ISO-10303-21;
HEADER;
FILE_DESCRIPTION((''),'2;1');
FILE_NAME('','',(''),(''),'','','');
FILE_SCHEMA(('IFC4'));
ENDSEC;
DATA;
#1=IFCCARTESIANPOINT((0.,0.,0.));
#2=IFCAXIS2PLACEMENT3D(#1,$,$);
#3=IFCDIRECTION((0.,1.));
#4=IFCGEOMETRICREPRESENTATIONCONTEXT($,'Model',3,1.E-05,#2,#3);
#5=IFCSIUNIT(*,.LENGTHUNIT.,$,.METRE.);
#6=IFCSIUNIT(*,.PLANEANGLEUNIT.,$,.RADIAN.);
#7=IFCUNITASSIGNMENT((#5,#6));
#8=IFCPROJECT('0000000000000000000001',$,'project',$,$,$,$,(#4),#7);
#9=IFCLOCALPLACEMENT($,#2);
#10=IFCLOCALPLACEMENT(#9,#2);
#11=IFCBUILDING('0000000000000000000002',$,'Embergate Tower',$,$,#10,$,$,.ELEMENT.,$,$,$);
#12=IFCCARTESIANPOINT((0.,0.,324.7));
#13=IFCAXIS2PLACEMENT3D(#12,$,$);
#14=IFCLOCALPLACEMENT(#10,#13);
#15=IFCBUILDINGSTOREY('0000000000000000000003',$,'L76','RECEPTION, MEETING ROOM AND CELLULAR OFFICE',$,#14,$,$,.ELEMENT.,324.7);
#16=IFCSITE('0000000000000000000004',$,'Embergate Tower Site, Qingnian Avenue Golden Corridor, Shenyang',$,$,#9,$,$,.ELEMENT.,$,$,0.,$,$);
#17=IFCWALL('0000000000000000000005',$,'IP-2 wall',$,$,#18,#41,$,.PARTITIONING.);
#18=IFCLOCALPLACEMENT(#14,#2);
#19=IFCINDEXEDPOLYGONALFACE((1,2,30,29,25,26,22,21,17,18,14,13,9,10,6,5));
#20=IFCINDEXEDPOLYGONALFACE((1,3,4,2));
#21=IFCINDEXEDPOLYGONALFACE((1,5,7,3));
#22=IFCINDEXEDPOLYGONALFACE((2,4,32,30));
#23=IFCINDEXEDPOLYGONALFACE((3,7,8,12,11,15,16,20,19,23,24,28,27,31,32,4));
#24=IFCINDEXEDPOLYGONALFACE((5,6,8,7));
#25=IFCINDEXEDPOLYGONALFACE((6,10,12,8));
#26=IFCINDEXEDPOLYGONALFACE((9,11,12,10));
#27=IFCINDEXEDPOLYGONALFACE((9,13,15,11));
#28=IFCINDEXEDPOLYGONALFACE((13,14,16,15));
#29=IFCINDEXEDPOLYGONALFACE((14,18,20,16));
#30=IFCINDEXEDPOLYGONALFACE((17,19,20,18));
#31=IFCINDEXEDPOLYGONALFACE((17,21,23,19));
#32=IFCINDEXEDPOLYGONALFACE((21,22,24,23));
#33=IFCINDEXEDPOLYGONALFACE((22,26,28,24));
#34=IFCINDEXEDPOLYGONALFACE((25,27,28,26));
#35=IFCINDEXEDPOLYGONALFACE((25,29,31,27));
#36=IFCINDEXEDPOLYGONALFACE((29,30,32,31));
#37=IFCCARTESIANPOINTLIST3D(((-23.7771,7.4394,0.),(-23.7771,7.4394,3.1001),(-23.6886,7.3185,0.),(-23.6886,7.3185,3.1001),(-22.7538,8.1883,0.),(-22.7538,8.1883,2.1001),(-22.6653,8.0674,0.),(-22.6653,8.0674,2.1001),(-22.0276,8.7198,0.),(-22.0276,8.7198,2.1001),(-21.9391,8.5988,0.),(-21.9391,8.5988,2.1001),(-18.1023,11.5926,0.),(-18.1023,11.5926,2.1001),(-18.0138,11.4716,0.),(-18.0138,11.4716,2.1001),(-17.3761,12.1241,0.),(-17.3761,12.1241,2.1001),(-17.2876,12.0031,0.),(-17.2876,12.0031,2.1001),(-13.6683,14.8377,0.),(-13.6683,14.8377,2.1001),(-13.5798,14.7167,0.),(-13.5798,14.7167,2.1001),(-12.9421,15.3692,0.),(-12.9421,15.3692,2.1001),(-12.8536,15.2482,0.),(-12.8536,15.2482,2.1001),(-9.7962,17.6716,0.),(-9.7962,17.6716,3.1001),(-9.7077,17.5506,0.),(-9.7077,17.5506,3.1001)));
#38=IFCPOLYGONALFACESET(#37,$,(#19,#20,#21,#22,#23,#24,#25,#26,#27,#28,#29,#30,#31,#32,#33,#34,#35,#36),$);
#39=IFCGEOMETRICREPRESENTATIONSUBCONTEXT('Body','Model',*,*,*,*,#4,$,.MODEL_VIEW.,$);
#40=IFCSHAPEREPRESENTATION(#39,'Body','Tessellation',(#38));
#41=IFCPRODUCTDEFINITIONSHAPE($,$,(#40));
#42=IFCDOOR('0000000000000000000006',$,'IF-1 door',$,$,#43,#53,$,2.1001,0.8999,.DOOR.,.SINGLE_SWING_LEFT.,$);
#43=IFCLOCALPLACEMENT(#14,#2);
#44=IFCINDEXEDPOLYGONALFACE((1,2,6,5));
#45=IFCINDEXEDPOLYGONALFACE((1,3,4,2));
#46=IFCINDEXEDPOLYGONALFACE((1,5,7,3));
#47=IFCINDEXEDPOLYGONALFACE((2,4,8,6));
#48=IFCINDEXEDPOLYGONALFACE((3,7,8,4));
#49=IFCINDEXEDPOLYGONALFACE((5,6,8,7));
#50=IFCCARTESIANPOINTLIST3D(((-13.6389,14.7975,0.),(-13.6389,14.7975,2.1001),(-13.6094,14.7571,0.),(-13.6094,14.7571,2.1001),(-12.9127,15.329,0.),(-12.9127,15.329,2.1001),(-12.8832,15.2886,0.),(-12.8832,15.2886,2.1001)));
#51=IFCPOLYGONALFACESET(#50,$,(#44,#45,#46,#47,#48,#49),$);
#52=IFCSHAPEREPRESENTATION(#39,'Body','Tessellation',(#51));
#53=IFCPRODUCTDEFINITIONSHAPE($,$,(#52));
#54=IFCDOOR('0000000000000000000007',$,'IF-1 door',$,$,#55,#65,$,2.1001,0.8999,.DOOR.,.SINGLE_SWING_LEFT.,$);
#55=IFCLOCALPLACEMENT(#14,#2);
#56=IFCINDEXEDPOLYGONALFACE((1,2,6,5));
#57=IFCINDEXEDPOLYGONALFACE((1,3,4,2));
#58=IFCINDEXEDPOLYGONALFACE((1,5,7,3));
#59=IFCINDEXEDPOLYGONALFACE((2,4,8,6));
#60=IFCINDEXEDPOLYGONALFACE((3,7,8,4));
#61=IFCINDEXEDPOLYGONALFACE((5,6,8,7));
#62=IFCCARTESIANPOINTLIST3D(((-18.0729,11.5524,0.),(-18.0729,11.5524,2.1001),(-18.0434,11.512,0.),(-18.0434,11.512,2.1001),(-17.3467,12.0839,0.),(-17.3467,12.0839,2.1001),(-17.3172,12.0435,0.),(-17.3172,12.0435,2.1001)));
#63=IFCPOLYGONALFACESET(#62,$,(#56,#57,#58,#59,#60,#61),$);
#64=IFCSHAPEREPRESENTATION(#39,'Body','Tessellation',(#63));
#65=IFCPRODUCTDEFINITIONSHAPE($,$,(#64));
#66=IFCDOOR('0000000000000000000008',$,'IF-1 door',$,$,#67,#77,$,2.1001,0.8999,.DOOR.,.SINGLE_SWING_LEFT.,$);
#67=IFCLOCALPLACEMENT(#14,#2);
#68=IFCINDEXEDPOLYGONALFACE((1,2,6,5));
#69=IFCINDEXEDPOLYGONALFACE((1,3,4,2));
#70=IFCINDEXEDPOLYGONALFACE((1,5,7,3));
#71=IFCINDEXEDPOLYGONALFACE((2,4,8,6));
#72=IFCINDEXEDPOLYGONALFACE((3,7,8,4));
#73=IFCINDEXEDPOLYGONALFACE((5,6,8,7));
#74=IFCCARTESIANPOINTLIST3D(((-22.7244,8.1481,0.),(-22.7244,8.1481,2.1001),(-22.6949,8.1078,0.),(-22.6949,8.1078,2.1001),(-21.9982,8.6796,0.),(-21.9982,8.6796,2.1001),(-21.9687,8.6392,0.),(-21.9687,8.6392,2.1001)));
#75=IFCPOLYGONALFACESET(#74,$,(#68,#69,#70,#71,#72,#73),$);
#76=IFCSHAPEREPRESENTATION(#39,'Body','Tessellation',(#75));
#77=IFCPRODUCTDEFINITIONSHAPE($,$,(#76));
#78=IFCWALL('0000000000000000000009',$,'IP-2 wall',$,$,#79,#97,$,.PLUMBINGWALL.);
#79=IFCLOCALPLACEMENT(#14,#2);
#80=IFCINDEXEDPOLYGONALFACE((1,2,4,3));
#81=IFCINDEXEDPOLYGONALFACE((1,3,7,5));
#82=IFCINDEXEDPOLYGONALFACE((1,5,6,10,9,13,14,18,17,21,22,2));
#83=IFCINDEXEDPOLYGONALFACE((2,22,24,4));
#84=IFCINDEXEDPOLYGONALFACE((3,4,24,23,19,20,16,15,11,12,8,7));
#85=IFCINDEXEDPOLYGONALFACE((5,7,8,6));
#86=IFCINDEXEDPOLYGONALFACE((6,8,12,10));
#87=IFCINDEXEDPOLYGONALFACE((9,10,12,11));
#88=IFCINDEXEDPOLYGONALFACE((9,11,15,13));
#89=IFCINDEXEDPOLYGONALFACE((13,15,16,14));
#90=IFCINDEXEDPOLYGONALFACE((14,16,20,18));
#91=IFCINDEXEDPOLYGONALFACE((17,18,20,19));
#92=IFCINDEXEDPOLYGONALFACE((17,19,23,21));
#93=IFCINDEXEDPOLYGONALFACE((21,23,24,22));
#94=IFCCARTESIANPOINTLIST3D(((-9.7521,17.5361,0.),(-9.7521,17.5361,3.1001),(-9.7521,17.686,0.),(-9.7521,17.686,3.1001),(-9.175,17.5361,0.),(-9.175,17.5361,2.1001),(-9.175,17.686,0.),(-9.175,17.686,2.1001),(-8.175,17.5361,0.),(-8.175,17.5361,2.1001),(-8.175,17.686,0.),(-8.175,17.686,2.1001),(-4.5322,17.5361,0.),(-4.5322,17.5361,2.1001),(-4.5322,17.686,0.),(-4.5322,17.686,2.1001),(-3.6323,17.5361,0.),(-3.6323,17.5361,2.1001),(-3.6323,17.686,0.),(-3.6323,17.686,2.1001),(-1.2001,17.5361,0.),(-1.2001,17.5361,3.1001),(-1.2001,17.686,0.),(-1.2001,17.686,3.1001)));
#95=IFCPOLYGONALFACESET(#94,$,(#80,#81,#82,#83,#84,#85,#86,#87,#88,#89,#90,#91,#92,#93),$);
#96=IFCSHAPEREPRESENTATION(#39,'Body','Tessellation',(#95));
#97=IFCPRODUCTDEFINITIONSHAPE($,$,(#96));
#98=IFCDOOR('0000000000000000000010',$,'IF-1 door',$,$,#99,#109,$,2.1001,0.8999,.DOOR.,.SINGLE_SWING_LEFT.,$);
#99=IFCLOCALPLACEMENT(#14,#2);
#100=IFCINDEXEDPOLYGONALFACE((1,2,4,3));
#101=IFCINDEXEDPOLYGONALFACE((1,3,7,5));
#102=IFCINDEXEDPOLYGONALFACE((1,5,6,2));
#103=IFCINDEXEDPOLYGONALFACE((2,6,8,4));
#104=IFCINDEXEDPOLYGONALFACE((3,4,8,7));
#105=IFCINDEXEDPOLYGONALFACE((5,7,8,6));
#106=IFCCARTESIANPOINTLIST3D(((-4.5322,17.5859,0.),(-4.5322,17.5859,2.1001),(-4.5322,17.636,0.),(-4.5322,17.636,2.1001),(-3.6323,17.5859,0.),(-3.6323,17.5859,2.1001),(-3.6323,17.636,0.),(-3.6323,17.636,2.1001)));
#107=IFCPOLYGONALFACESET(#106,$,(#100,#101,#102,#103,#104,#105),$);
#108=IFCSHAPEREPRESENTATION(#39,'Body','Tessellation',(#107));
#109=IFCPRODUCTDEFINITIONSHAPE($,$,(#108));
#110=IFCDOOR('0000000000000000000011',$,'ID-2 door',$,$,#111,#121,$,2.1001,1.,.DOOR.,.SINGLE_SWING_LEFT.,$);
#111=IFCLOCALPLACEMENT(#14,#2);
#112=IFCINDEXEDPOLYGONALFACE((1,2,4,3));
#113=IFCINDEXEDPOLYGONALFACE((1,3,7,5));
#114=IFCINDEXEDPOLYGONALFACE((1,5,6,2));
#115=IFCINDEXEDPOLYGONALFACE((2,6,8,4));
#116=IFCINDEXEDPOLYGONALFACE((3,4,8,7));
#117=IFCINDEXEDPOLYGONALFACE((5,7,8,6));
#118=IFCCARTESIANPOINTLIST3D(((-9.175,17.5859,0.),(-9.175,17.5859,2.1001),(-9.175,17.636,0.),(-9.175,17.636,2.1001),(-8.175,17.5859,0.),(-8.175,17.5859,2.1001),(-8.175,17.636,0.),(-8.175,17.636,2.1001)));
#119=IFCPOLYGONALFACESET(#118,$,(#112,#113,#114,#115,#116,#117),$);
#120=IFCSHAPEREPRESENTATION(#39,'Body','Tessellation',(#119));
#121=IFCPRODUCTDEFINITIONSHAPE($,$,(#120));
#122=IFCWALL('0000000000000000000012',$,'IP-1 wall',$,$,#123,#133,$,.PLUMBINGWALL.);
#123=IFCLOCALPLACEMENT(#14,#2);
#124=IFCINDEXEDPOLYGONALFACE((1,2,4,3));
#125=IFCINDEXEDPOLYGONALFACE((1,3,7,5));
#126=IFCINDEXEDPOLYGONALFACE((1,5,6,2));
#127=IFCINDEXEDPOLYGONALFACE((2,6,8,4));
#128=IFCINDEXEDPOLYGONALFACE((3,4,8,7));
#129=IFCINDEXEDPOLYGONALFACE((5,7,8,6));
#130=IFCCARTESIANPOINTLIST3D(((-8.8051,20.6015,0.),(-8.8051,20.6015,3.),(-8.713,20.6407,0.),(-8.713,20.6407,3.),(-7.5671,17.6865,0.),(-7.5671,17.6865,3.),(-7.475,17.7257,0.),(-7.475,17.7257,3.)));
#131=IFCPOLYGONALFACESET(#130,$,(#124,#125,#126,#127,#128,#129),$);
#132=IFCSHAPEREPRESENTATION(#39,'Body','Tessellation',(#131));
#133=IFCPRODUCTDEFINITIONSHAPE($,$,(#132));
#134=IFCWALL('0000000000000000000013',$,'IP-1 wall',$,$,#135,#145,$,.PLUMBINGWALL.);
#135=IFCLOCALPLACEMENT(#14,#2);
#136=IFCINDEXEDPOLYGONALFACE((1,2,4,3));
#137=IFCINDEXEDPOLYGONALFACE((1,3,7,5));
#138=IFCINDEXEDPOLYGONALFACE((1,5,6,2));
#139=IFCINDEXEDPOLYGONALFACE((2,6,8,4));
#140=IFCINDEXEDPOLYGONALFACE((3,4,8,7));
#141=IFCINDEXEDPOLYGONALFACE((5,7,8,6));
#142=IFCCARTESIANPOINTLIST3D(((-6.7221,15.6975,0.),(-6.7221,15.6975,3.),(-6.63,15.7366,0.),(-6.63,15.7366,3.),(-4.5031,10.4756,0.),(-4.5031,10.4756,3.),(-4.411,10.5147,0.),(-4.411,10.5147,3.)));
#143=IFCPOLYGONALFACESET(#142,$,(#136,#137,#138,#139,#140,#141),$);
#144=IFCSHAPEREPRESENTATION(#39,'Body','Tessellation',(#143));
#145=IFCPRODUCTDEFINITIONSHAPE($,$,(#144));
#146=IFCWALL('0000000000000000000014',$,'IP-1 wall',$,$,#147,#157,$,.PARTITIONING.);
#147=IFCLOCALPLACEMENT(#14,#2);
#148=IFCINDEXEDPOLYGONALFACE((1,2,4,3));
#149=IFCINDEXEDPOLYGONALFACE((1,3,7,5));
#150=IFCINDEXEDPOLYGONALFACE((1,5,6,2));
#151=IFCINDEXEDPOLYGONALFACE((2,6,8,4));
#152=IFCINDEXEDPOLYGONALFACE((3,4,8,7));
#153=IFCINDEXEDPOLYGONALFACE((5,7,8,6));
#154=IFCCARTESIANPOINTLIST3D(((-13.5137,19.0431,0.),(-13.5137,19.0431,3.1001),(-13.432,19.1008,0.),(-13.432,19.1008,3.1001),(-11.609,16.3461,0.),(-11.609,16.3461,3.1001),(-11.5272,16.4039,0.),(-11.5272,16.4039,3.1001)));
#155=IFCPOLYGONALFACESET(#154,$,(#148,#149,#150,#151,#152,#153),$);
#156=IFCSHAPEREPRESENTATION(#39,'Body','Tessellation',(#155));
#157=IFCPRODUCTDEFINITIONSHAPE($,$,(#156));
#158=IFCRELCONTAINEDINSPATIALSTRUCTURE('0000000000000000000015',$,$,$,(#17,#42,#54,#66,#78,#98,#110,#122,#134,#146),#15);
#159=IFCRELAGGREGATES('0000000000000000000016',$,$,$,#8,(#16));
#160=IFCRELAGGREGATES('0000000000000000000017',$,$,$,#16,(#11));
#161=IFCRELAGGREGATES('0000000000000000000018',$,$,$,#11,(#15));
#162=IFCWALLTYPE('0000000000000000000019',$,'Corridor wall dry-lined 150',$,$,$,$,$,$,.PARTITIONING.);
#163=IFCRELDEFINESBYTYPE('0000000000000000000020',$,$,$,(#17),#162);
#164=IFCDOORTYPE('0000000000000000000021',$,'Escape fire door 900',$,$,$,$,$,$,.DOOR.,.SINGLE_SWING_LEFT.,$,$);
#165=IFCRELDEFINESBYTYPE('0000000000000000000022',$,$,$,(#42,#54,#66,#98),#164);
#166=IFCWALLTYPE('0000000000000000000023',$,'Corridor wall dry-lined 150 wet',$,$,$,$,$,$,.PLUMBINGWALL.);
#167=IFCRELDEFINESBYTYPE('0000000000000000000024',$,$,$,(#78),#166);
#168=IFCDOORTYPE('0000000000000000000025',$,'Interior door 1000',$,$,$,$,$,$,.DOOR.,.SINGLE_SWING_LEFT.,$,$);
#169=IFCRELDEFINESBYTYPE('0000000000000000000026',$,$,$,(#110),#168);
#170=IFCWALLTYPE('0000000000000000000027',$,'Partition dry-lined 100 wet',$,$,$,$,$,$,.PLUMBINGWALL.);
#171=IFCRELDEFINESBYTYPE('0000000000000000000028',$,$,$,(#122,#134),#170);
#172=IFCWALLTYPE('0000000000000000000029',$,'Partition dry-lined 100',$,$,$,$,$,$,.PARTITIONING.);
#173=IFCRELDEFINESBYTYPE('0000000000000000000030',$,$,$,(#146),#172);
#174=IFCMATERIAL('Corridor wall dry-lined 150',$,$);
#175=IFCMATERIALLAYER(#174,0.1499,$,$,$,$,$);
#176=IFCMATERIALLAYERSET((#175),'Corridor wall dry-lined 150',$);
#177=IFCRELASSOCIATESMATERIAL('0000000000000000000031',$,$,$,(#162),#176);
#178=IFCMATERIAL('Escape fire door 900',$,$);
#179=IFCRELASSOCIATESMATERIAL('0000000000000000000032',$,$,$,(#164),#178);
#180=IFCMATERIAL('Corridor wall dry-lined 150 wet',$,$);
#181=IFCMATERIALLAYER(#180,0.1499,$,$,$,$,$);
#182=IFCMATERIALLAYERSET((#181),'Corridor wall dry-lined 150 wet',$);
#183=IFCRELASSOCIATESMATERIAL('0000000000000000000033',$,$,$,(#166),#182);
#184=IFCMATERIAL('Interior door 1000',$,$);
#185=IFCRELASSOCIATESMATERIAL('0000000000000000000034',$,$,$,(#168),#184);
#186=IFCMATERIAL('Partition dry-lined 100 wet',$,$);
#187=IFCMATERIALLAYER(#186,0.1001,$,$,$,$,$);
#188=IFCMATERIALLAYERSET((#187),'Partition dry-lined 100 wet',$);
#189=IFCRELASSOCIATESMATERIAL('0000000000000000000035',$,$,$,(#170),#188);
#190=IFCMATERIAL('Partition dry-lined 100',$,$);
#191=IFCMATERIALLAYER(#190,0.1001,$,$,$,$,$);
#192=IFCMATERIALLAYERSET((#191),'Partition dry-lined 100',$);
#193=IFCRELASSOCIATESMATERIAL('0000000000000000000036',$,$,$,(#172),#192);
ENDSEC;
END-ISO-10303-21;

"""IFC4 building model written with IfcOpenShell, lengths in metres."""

from ifc_helpers import new_model, si_unit, direction, frame, frame_2d, origin, place, context, subcontext, project, spatial, rectangle, extrude, source, transform, mapped, material, layer, layer_set, type_object, element, fill, save


model = new_model("IFC4")

# Units and contexts
model_context = context("Model", 3, precision=1e-05, world=origin(), true_north=direction((0.0, 1.0)))
body_context = subcontext(model_context, "Body", "Model", "MODEL_VIEW")
ifc_project = project(units=[si_unit("LENGTHUNIT", "METRE"), si_unit("PLANEANGLEUNIT", "RADIAN")], contexts=[model_context])

# Site, building, storey
site_placement = place(None, origin())
site = spatial("IfcSite", under=ifc_project, at=site_placement, Name="Embergate Tower Site, Qingnian Avenue Golden Corridor, Shenyang", CompositionType="ELEMENT", RefElevation=0.0)
building_placement = place(site_placement, origin())
building = spatial("IfcBuilding", under=site, at=building_placement, Name="Embergate Tower", CompositionType="ELEMENT")
storey_placement = place(building_placement, frame((0.0, 0.0, 324.7)))
storey = spatial("IfcBuildingStorey", under=building, at=storey_placement, Name="L76", Description="RECEPTION, MEETING ROOM AND CELLULAR OFFICE", CompositionType="ELEMENT", Elevation=324.7)

# Walls, openings, doors
ifc_material_1 = material(Name="Corridor wall dry-lined 150")
ifc_layer_1 = layer(ifc_material_1, 0.1499)
ifc_layer_set_1 = layer_set([ifc_layer_1], Name="Corridor wall dry-lined 150")
wall_type_1 = type_object("IfcWallType", Name="Corridor wall dry-lined 150", PredefinedType="PARTITIONING", material=ifc_layer_set_1)
shared_shape_1 = source(origin(), body_context, "Body", "SweptSolid", [
    extrude(rectangle(XDim=17.3252, YDim=0.1499, at=frame_2d((8.6626, 0.0))), origin(), (0.0, 0.0, 1.0), 3.1001),
])
wall_1_placement = place(storey_placement, frame((-9.752, 17.6111, 0.0), z_axis=(0.0, 0.0, 1.0), x_axis=(-0.80697, -0.590593, 0.0)))
wall_1 = element("IfcWall", 1, at=wall_1_placement, inside=storey, type_object=wall_type_1, Name="IP-2 wall", PredefinedType="PARTITIONING", context=body_context, shape_type="MappedRepresentation", body=[
    mapped(shared_shape_1, transform((0.0, 0.0, 0.0))),
])
shared_shape_2 = source(origin(), body_context, "Body", "SweptSolid", [
    extrude(rectangle(XDim=0.8999, YDim=2.1001, at=frame_2d((0.45, 1.05))), frame((0.0, 0.085, 0.0), z_axis=(0.0, -1.0, 0.0), x_axis=(1.0, 0.0, 0.0)), (0.0, 0.0, 1.0), 0.1699),
])
opening_1_placement = place(wall_1_placement, frame((3.8984, 0.0, 0.0)))
opening_1 = element("IfcOpeningElement", 2, at=opening_1_placement, cuts=wall_1, PredefinedType="OPENING", context=body_context, shape_type="MappedRepresentation", body=[
    mapped(shared_shape_2, transform((0.0, 0.0, 0.0))),
])
opening_2_placement = place(wall_1_placement, frame((9.3931, 0.0, 0.0)))
opening_2 = element("IfcOpeningElement", 3, at=opening_2_placement, cuts=wall_1, PredefinedType="OPENING", context=body_context, shape_type="MappedRepresentation", body=[
    mapped(shared_shape_2, transform((0.0, 0.0, 0.0))),
])
opening_3_placement = place(wall_1_placement, frame((15.1572, 0.0, 0.0)))
opening_3 = element("IfcOpeningElement", 4, at=opening_3_placement, cuts=wall_1, PredefinedType="OPENING", context=body_context, shape_type="MappedRepresentation", body=[
    mapped(shared_shape_2, transform((0.0, 0.0, 0.0))),
])
ifc_material_2 = material(Name="Escape fire door 900")
door_type_1 = type_object("IfcDoorType", Name="Escape fire door 900", OperationType="SINGLE_SWING_LEFT", PredefinedType="DOOR", material=ifc_material_2)
shared_shape_3 = source(origin(), body_context, "Body", "SweptSolid", [
    extrude(rectangle(XDim=0.8999, YDim=2.1001, at=frame_2d((0.45, 1.05))), frame((0.0, 0.0249, 0.0), z_axis=(0.0, -1.0, 0.0), x_axis=(1.0, 0.0, 0.0)), (0.0, 0.0, 1.0), 0.05),
])
door_1_placement = place(opening_1_placement, origin())
door_1 = element("IfcDoor", 5, at=door_1_placement, inside=storey, type_object=door_type_1, Name="IF-1 door", OperationType="SINGLE_SWING_LEFT", OverallHeight=2.1001, OverallWidth=0.8999, PredefinedType="DOOR", context=body_context, shape_type="MappedRepresentation", body=[
    mapped(shared_shape_3, transform((0.0, 0.0, 0.0))),
])
fill(opening_1, door_1)
door_2_placement = place(opening_2_placement, origin())
door_2 = element("IfcDoor", 6, at=door_2_placement, inside=storey, type_object=door_type_1, Name="IF-1 door", OperationType="SINGLE_SWING_LEFT", OverallHeight=2.1001, OverallWidth=0.8999, PredefinedType="DOOR", context=body_context, shape_type="MappedRepresentation", body=[
    mapped(shared_shape_3, transform((0.0, 0.0, 0.0))),
])
fill(opening_2, door_2)
door_3_placement = place(opening_3_placement, origin())
door_3 = element("IfcDoor", 7, at=door_3_placement, inside=storey, type_object=door_type_1, Name="IF-1 door", OperationType="SINGLE_SWING_LEFT", OverallHeight=2.1001, OverallWidth=0.8999, PredefinedType="DOOR", context=body_context, shape_type="MappedRepresentation", body=[
    mapped(shared_shape_3, transform((0.0, 0.0, 0.0))),
])
fill(opening_3, door_3)
ifc_material_3 = material(Name="Corridor wall dry-lined 150 wet")
ifc_layer_2 = layer(ifc_material_3, 0.1499)
ifc_layer_set_2 = layer_set([ifc_layer_2], Name="Corridor wall dry-lined 150 wet")
wall_type_2 = type_object("IfcWallType", Name="Corridor wall dry-lined 150 wet", PredefinedType="PLUMBINGWALL", material=ifc_layer_set_2)
shared_shape_4 = source(origin(), body_context, "Body", "SweptSolid", [
    extrude(rectangle(XDim=8.552, YDim=0.1499, at=frame_2d((4.2759, 0.0))), origin(), (0.0, 0.0, 1.0), 3.1001),
])
wall_2_placement = place(storey_placement, frame((-9.752, 17.6111, 0.0), z_axis=(0.0, 0.0, 1.0), x_axis=(1.0, 0.0, 0.0)))
wall_2 = element("IfcWall", 8, at=wall_2_placement, inside=storey, type_object=wall_type_2, Name="IP-2 wall", PredefinedType="PLUMBINGWALL", context=body_context, shape_type="MappedRepresentation", body=[
    mapped(shared_shape_4, transform((0.0, 0.0, 0.0))),
])
opening_4_placement = place(wall_2_placement, frame((5.2197, 0.0, 0.0)))
opening_4 = element("IfcOpeningElement", 9, at=opening_4_placement, cuts=wall_2, PredefinedType="OPENING", context=body_context, shape_type="MappedRepresentation", body=[
    mapped(shared_shape_2, transform((0.0, 0.0, 0.0))),
])
shared_shape_5 = source(origin(), body_context, "Body", "SweptSolid", [
    extrude(rectangle(XDim=1.0, YDim=2.1001, at=frame_2d((0.5, 1.05))), frame((0.0, 0.085, 0.0), z_axis=(0.0, -1.0, 0.0), x_axis=(1.0, 0.0, 0.0)), (0.0, 0.0, 1.0), 0.1699),
])
opening_5_placement = place(wall_2_placement, frame((0.5769, 0.0, 0.0)))
opening_5 = element("IfcOpeningElement", 10, at=opening_5_placement, cuts=wall_2, PredefinedType="OPENING", context=body_context, shape_type="MappedRepresentation", body=[
    mapped(shared_shape_5, transform((0.0, 0.0, 0.0))),
])
door_4_placement = place(opening_4_placement, origin())
door_4 = element("IfcDoor", 11, at=door_4_placement, inside=storey, type_object=door_type_1, Name="IF-1 door", OperationType="SINGLE_SWING_LEFT", OverallHeight=2.1001, OverallWidth=0.8999, PredefinedType="DOOR", context=body_context, shape_type="MappedRepresentation", body=[
    mapped(shared_shape_3, transform((0.0, 0.0, 0.0))),
])
fill(opening_4, door_4)
ifc_material_4 = material(Name="Interior door 1000")
door_type_2 = type_object("IfcDoorType", Name="Interior door 1000", OperationType="SINGLE_SWING_LEFT", PredefinedType="DOOR", material=ifc_material_4)
shared_shape_6 = source(origin(), body_context, "Body", "SweptSolid", [
    extrude(rectangle(XDim=1.0, YDim=2.1001, at=frame_2d((0.5, 1.05))), frame((0.0, 0.0249, 0.0), z_axis=(0.0, -1.0, 0.0), x_axis=(1.0, 0.0, 0.0)), (0.0, 0.0, 1.0), 0.05),
])
door_5_placement = place(opening_5_placement, origin())
door_5 = element("IfcDoor", 12, at=door_5_placement, inside=storey, type_object=door_type_2, Name="ID-2 door", OperationType="SINGLE_SWING_LEFT", OverallHeight=2.1001, OverallWidth=1.0, PredefinedType="DOOR", context=body_context, shape_type="MappedRepresentation", body=[
    mapped(shared_shape_6, transform((0.0, 0.0, 0.0))),
])
fill(opening_5, door_5)

# Walls
ifc_material_5 = material(Name="Partition dry-lined 100 wet")
ifc_layer_3 = layer(ifc_material_5, 0.1001)
ifc_layer_set_3 = layer_set([ifc_layer_3], Name="Partition dry-lined 100 wet")
wall_type_3 = type_object("IfcWallType", Name="Partition dry-lined 100 wet", PredefinedType="PLUMBINGWALL", material=ifc_layer_set_3)
shared_shape_7 = source(origin(), body_context, "Body", "SweptSolid", [
    extrude(rectangle(XDim=3.167, YDim=0.1001, at=frame_2d((1.5835, 0.0))), origin(), (0.0, 0.0, 1.0), 3.0),
])
wall_3_placement = place(storey_placement, frame((-8.759, 20.6211, 0.0), z_axis=(0.0, 0.0, 1.0), x_axis=(0.390912, -0.920428, 0.0)))
element("IfcWall", 13, at=wall_3_placement, inside=storey, type_object=wall_type_3, Name="IP-1 wall", PredefinedType="PLUMBINGWALL", context=body_context, shape_type="MappedRepresentation", body=[
    mapped(shared_shape_7, transform((0.0, 0.0, 0.0))),
])
shared_shape_8 = source(origin(), body_context, "Body", "SweptSolid", [
    extrude(rectangle(XDim=5.6738, YDim=0.1001, at=frame_2d((2.8369, 0.0))), origin(), (0.0, 0.0, 1.0), 3.0),
])
wall_4_placement = place(storey_placement, frame((-6.676, 15.717, 0.0), z_axis=(0.0, 0.0, 1.0), x_axis=(0.391092, -0.920351, 0.0)))
element("IfcWall", 14, at=wall_4_placement, inside=storey, type_object=wall_type_3, Name="IP-1 wall", PredefinedType="PLUMBINGWALL", context=body_context, shape_type="MappedRepresentation", body=[
    mapped(shared_shape_8, transform((0.0, 0.0, 0.0))),
])
ifc_material_6 = material(Name="Partition dry-lined 100")
ifc_layer_4 = layer(ifc_material_6, 0.1001)
ifc_layer_set_4 = layer_set([ifc_layer_4], Name="Partition dry-lined 100")
wall_type_4 = type_object("IfcWallType", Name="Partition dry-lined 100", PredefinedType="PARTITIONING", material=ifc_layer_set_4)
shared_shape_9 = source(origin(), body_context, "Body", "SweptSolid", [
    extrude(rectangle(XDim=3.3018, YDim=0.1001, at=frame_2d((1.6509, 0.0))), origin(), (0.0, 0.0, 1.0), 3.1001),
])
wall_5_placement = place(storey_placement, frame((-11.5681, 16.375, 0.0), z_axis=(0.0, 0.0, 1.0), x_axis=(-0.576886, 0.816824, 0.0)))
element("IfcWall", 15, at=wall_5_placement, inside=storey, type_object=wall_type_4, Name="IP-1 wall", PredefinedType="PARTITIONING", context=body_context, shape_type="MappedRepresentation", body=[
    mapped(shared_shape_9, transform((0.0, 0.0, 0.0))),
])

save(model, "model.ifc")
